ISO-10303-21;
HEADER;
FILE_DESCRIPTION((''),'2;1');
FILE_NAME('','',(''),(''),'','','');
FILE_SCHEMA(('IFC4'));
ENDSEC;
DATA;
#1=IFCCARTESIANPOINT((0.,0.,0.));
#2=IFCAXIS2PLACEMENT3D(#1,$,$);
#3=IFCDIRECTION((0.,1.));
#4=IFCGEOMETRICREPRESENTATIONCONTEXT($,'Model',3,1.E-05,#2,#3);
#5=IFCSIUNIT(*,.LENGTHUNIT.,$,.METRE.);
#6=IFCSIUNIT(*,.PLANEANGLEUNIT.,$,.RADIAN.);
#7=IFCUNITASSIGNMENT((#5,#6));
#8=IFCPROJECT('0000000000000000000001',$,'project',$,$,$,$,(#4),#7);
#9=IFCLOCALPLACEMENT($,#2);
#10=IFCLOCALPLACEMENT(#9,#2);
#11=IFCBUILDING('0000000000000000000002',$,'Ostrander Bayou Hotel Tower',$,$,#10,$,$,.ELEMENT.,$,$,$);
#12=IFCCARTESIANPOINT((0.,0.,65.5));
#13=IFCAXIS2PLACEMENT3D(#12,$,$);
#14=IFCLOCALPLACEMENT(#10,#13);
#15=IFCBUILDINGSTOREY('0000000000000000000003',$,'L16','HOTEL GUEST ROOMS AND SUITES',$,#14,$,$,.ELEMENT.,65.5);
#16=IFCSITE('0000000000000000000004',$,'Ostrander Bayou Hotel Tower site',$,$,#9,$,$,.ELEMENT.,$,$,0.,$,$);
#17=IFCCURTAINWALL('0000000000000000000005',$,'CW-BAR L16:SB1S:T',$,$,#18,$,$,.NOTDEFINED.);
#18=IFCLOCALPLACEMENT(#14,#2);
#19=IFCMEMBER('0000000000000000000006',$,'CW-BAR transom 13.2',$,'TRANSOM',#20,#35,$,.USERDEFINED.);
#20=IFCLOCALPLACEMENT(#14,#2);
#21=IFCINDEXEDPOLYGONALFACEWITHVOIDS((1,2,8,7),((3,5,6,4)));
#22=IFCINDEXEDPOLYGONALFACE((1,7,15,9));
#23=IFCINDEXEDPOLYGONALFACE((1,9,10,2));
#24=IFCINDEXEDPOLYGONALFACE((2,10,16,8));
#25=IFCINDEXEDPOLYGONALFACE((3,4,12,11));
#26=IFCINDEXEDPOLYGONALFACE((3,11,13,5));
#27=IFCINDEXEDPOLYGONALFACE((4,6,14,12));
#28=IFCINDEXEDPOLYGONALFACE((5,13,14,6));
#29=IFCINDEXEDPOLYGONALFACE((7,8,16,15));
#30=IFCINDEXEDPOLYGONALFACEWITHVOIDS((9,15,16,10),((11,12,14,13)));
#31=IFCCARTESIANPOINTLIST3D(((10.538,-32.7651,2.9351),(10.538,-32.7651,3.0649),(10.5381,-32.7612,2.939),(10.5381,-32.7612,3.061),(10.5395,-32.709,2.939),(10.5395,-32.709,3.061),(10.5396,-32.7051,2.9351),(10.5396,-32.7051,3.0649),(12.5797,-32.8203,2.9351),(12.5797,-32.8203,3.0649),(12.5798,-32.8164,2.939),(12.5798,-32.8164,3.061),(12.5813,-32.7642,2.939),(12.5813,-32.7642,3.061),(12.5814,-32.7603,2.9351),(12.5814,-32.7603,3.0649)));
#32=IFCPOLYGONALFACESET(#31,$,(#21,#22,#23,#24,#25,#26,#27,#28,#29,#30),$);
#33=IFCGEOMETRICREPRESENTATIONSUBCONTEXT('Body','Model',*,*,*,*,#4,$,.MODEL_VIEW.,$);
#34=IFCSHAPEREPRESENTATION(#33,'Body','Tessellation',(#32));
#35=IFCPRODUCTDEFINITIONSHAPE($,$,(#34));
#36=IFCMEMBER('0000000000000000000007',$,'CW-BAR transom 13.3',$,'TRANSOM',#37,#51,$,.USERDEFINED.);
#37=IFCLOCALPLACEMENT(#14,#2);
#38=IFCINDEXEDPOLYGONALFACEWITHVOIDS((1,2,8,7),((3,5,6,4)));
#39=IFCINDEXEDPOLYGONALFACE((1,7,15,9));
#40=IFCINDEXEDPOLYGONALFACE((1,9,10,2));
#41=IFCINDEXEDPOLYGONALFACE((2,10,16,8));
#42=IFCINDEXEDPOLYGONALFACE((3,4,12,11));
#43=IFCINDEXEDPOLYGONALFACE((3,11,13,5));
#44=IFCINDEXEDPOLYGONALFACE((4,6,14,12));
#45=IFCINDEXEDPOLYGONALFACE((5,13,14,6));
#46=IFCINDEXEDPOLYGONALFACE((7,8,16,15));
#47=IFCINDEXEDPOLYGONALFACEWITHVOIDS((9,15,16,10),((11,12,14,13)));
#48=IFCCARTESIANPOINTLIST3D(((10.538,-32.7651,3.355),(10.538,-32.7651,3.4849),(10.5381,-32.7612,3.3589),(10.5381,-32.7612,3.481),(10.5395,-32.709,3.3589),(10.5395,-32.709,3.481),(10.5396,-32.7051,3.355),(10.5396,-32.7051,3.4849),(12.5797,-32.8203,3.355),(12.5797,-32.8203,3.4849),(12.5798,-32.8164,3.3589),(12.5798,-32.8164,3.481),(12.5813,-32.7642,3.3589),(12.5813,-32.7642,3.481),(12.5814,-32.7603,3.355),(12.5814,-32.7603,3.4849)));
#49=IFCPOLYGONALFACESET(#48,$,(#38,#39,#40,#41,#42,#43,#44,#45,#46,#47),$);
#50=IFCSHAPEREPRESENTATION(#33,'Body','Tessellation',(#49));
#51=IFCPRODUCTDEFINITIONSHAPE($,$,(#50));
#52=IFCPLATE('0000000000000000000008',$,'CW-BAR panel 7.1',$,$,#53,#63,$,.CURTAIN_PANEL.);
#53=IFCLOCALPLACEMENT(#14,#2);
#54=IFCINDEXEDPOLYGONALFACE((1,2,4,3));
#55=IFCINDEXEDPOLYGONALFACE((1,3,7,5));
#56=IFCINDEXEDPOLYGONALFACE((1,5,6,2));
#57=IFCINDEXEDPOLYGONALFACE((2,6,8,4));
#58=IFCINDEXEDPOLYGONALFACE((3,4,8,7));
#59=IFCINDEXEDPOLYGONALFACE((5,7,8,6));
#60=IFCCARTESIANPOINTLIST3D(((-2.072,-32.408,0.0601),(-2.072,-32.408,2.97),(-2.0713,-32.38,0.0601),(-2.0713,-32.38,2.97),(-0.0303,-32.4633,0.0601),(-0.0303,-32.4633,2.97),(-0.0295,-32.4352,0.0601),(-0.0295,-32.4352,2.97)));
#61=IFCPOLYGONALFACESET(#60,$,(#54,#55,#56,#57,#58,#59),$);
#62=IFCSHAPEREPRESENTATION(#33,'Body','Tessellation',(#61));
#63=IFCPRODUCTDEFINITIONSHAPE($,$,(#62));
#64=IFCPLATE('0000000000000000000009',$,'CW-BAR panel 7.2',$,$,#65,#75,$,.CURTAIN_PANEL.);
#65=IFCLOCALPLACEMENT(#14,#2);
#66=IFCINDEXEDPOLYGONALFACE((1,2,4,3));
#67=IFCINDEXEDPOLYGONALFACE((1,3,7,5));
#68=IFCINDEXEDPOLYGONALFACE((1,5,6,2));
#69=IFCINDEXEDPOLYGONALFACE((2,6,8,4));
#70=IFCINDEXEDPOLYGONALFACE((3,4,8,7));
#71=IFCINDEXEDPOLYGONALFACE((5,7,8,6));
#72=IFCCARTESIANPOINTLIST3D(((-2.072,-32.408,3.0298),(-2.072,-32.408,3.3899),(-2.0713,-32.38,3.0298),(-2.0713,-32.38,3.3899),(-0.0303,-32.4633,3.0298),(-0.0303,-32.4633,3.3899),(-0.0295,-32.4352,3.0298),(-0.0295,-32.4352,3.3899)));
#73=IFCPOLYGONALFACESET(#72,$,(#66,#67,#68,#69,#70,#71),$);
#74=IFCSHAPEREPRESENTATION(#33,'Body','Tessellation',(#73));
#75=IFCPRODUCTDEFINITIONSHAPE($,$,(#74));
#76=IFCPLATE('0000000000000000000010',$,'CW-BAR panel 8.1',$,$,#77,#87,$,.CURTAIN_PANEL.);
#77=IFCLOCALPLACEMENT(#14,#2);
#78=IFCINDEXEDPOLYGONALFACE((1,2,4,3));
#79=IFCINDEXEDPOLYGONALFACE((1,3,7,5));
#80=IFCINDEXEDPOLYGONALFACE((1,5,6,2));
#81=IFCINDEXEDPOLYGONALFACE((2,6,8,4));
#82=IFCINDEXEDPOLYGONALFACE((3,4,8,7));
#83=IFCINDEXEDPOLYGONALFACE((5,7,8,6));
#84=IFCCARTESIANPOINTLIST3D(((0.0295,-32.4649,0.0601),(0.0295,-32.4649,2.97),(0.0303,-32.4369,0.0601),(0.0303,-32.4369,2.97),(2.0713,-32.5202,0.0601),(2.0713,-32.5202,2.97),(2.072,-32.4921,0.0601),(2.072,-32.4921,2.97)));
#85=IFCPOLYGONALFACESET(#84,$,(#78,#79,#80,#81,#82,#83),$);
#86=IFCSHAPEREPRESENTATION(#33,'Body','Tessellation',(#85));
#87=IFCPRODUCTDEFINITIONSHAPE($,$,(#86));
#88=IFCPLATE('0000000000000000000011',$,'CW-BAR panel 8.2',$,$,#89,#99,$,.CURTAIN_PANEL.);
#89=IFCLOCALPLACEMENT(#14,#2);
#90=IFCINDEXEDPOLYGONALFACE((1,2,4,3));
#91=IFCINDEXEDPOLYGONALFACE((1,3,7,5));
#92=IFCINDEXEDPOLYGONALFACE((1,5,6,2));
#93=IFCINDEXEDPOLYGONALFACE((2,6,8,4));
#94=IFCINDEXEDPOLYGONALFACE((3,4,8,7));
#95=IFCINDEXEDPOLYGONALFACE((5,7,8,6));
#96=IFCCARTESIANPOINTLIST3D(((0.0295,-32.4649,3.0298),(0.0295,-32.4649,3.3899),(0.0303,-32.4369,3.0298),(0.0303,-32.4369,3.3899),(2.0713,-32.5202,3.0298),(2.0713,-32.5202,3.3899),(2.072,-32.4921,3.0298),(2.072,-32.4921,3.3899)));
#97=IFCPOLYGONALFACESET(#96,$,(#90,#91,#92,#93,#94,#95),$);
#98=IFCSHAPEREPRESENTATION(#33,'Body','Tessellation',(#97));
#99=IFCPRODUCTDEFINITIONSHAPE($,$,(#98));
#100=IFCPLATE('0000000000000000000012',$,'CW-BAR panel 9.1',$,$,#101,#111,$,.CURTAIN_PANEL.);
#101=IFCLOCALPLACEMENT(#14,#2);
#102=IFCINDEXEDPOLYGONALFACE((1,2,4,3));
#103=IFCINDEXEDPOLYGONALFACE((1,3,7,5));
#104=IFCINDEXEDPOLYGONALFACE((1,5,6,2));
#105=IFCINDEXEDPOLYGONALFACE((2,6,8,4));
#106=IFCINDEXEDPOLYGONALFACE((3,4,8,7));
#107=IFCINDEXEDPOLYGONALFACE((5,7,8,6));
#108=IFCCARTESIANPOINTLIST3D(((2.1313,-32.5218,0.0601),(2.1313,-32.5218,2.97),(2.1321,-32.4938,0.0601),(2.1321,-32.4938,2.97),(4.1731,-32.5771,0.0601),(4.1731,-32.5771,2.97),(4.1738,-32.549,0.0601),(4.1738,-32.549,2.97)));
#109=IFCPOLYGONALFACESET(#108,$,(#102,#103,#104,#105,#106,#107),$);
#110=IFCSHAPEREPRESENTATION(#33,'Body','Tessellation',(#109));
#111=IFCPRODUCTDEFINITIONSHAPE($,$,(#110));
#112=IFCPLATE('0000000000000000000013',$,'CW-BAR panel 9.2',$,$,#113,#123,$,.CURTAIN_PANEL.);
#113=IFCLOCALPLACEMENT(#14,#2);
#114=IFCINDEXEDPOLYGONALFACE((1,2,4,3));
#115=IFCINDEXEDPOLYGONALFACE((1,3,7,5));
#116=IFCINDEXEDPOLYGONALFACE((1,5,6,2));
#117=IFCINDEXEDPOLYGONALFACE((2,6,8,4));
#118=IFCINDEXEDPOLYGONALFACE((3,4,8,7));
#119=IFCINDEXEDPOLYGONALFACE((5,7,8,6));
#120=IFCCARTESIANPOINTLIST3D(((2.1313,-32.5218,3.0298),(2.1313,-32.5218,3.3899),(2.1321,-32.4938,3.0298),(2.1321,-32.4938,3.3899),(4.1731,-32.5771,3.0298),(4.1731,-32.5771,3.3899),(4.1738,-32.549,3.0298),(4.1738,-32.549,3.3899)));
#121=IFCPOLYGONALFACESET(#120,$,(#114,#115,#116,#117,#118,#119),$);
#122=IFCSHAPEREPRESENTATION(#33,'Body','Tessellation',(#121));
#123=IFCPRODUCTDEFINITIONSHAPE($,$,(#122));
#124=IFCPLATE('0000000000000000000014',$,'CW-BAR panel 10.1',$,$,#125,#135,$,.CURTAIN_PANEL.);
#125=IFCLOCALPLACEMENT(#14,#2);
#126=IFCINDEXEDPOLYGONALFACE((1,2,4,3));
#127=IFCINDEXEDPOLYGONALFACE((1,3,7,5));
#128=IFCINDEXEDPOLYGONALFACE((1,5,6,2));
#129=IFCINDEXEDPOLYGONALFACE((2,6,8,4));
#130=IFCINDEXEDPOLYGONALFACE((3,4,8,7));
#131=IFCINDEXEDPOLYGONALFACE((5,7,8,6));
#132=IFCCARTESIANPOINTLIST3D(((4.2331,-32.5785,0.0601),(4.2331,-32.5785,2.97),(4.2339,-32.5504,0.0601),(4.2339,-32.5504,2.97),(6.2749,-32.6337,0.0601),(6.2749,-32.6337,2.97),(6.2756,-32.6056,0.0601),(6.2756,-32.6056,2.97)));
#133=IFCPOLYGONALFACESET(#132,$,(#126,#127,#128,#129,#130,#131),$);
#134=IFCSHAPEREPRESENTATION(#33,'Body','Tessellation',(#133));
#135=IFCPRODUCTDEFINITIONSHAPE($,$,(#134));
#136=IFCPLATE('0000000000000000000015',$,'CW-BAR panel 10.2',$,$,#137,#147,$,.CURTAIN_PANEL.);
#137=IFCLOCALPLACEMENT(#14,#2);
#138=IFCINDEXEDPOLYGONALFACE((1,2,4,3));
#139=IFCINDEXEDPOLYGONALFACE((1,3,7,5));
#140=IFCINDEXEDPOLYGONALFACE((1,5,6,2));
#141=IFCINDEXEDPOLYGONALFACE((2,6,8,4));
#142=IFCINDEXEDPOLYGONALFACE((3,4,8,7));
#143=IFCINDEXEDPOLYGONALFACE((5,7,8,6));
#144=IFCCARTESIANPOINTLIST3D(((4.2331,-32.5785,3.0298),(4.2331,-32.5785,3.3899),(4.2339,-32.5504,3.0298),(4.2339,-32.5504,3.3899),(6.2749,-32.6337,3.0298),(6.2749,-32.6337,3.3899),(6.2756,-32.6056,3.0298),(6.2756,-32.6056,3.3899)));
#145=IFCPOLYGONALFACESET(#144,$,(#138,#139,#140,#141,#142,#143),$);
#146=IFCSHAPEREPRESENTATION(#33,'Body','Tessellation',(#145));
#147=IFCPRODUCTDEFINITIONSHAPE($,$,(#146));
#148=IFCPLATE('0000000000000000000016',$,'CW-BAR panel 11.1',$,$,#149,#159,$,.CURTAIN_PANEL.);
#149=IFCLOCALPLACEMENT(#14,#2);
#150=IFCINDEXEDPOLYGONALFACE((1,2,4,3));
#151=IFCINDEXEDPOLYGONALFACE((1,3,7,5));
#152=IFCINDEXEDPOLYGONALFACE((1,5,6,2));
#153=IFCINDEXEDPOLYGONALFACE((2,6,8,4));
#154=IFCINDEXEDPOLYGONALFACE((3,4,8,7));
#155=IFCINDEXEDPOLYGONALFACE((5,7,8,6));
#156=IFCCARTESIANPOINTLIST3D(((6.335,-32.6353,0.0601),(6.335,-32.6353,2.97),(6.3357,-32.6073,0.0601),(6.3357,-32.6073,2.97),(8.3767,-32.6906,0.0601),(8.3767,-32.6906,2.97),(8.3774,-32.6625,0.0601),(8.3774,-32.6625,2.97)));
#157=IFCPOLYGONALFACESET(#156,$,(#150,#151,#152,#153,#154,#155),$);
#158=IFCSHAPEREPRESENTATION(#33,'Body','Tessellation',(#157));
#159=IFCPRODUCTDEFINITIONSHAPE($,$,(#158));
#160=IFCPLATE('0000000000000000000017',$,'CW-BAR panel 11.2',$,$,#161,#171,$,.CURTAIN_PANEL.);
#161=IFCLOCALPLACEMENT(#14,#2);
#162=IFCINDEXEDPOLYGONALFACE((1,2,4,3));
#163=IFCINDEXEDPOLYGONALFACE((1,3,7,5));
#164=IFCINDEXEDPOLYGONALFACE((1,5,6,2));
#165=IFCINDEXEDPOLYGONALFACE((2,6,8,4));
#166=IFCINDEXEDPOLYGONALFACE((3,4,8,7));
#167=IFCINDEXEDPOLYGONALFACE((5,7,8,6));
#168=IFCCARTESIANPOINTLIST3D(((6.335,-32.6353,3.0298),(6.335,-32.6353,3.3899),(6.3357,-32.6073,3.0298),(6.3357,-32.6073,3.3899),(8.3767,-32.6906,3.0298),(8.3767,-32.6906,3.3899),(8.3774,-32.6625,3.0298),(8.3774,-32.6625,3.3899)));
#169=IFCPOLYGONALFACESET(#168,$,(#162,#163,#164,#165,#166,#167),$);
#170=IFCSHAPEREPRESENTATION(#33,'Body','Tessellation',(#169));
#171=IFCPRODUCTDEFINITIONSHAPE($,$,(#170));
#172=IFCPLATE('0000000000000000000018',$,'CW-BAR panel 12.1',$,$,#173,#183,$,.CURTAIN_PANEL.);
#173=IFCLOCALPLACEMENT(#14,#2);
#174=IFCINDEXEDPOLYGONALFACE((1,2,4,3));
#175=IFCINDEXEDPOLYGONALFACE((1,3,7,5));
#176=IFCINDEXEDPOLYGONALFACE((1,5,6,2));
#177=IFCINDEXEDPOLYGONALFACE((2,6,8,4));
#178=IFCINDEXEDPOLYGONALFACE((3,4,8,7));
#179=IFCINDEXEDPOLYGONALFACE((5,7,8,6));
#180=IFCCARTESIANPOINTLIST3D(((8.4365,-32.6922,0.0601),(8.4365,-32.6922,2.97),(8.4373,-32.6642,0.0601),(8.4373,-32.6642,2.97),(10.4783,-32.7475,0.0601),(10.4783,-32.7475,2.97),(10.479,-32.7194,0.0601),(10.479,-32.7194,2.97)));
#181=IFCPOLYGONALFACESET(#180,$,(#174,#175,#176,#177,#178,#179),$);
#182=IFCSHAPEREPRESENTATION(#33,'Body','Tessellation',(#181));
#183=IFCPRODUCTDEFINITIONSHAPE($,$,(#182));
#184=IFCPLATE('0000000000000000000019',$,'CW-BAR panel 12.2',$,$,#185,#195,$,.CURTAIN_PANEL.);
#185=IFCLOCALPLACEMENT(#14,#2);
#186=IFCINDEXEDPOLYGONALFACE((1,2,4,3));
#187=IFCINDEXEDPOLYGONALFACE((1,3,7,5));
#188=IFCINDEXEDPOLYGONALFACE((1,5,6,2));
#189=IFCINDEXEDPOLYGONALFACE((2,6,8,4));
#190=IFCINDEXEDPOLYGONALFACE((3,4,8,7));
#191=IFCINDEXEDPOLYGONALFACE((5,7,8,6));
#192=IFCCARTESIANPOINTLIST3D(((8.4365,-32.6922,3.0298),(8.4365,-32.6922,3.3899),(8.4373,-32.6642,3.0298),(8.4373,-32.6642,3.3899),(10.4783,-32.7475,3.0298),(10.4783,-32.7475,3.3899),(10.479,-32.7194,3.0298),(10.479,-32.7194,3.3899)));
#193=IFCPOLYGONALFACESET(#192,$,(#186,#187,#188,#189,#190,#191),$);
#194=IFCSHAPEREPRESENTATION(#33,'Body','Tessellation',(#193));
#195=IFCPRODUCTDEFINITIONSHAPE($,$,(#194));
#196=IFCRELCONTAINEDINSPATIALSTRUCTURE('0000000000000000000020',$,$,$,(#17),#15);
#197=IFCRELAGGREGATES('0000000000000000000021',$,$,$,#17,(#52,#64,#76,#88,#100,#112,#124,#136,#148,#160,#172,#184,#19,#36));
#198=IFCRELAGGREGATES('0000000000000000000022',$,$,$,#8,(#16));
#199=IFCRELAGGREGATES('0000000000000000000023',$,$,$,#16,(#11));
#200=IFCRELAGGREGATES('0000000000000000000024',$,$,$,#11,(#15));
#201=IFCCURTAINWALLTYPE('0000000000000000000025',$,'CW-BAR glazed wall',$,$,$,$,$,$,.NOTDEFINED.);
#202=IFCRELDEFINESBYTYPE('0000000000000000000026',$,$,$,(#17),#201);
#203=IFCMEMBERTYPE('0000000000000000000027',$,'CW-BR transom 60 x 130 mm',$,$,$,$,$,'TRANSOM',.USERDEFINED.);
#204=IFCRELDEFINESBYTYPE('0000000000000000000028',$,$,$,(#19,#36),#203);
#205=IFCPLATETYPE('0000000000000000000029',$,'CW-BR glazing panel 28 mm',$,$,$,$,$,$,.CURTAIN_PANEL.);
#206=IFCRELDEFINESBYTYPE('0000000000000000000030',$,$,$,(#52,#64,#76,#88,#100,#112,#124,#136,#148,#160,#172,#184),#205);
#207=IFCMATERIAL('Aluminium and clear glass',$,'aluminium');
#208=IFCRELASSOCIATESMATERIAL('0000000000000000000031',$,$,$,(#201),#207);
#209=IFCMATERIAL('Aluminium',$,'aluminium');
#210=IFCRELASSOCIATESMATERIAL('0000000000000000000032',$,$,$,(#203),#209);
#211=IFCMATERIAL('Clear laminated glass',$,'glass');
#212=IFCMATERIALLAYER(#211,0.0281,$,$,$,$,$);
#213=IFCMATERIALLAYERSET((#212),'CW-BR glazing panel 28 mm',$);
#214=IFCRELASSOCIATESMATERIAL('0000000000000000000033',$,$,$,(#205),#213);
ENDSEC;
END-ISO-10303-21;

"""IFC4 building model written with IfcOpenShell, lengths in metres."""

from ifc_helpers import new_model, si_unit, direction, frame, origin, origin_2d, place, context, subcontext, project, spatial, rectangle, hollow_rectangle, extrude, material, layer, layer_set, material_profile, profile_set, type_object, element, aggregate, save


model = new_model("IFC4")

# Units and contexts
model_context = context("Model", 3, precision=1e-05, world=origin(), true_north=direction((0.0, 1.0)))
body_context = subcontext(model_context, "Body", "Model", "MODEL_VIEW")
ifc_project = project(units=[si_unit("LENGTHUNIT", "METRE"), si_unit("PLANEANGLEUNIT", "RADIAN")], contexts=[model_context])

# Site, building, storey
site_placement = place(None, origin())
site = spatial("IfcSite", under=ifc_project, at=site_placement, Name="Ostrander Bayou Hotel Tower site", CompositionType="ELEMENT", RefElevation=0.0)
building_placement = place(site_placement, origin())
building = spatial("IfcBuilding", under=site, at=building_placement, Name="Ostrander Bayou Hotel Tower", CompositionType="ELEMENT")
storey_placement = place(building_placement, frame((0.0, 0.0, 65.5)))
storey = spatial("IfcBuildingStorey", under=building, at=storey_placement, Name="L16", Description="HOTEL GUEST ROOMS AND SUITES", CompositionType="ELEMENT", Elevation=65.5)

# Curtain wall, members, plates
ifc_material_1 = material(Name="Aluminium and clear glass", Category="aluminium")
curtain_wall_type = type_object("IfcCurtainWallType", Name="CW-BAR glazed wall", PredefinedType="NOTDEFINED", material=ifc_material_1)
curtain_wall_placement = place(storey_placement, origin())
curtain_wall = element("IfcCurtainWall", 1, at=curtain_wall_placement, inside=storey, type_object=curtain_wall_type, Name="CW-BAR L16:SB1S:T", PredefinedType="NOTDEFINED")
ifc_material_2 = material(Name="Aluminium", Category="aluminium")
ifc_material_profile_1 = material_profile(ifc_material_2, hollow_rectangle(XDim=0.0601, YDim=0.1299, WallThickness=0.0039, at=origin_2d()))
ifc_profile_set_1 = profile_set([ifc_material_profile_1], Name="Aluminium")
member_type_1 = type_object("IfcMemberType", Name="CW-BR transom 60 x 130 mm", ElementType="TRANSOM", PredefinedType="USERDEFINED", material=ifc_profile_set_1)
member_1_placement = place(storey_placement, frame((10.5388, -32.7351, 3.0), z_axis=(0.999635, -0.027014, 0.0), x_axis=(0.027014, 0.999635, 0.0)))
member_1 = element("IfcMember", 2, at=member_1_placement, type_object=member_type_1, Name="CW-BAR transom 13.2", ObjectType="TRANSOM", PredefinedType="USERDEFINED", context=body_context, shape_type="SweptSolid", body=[
    extrude(hollow_rectangle(XDim=0.0601, YDim=0.1299, WallThickness=0.0039, at=origin_2d()), origin(), (0.0, 0.0, 1.0), 2.0425),
])
member_2_placement = place(storey_placement, frame((10.5388, -32.7351, 3.4199), z_axis=(0.999635, -0.027014, 0.0), x_axis=(0.027014, 0.999635, 0.0)))
member_2 = element("IfcMember", 3, at=member_2_placement, type_object=member_type_1, Name="CW-BAR transom 13.3", ObjectType="TRANSOM", PredefinedType="USERDEFINED", context=body_context, shape_type="SweptSolid", body=[
    extrude(hollow_rectangle(XDim=0.0601, YDim=0.1299, WallThickness=0.0039, at=origin_2d()), origin(), (0.0, 0.0, 1.0), 2.0425),
])
ifc_material_3 = material(Name="Clear laminated glass", Category="glass")
ifc_layer = layer(ifc_material_3, 0.0281)
ifc_layer_set = layer_set([ifc_layer], Name="CW-BR glazing panel 28 mm")
plate_type = type_object("IfcPlateType", Name="CW-BR glazing panel 28 mm", PredefinedType="CURTAIN_PANEL", material=ifc_layer_set)
plate_1_placement = place(storey_placement, frame((-1.0508, -32.4216, 0.0601), z_axis=(0.0, 0.0, 1.0), x_axis=(0.999634, -0.027042, 0.0)))
plate_1 = element("IfcPlate", 4, at=plate_1_placement, type_object=plate_type, Name="CW-BAR panel 7.1", PredefinedType="CURTAIN_PANEL", context=body_context, shape_type="SweptSolid", body=[
    extrude(rectangle(XDim=2.0425, YDim=0.0281, at=origin_2d()), origin(), (0.0, 0.0, 1.0), 2.9099),
])
plate_2_placement = place(storey_placement, frame((-1.0508, -32.4216, 3.0298), z_axis=(0.0, 0.0, 1.0), x_axis=(0.999634, -0.027042, 0.0)))
plate_2 = element("IfcPlate", 5, at=plate_2_placement, type_object=plate_type, Name="CW-BAR panel 7.2", PredefinedType="CURTAIN_PANEL", context=body_context, shape_type="SweptSolid", body=[
    extrude(rectangle(XDim=2.0425, YDim=0.0281, at=origin_2d()), origin(), (0.0, 0.0, 1.0), 0.3601),
])
plate_3_placement = place(storey_placement, frame((1.0508, -32.4785, 0.0601), z_axis=(0.0, 0.0, 1.0), x_axis=(0.999634, -0.027042, 0.0)))
plate_3 = element("IfcPlate", 6, at=plate_3_placement, type_object=plate_type, Name="CW-BAR panel 8.1", PredefinedType="CURTAIN_PANEL", context=body_context, shape_type="SweptSolid", body=[
    extrude(rectangle(XDim=2.0425, YDim=0.0281, at=origin_2d()), origin(), (0.0, 0.0, 1.0), 2.9099),
])
plate_4_placement = place(storey_placement, frame((1.0508, -32.4785, 3.0298), z_axis=(0.0, 0.0, 1.0), x_axis=(0.999634, -0.027042, 0.0)))
plate_4 = element("IfcPlate", 7, at=plate_4_placement, type_object=plate_type, Name="CW-BAR panel 8.2", PredefinedType="CURTAIN_PANEL", context=body_context, shape_type="SweptSolid", body=[
    extrude(rectangle(XDim=2.0425, YDim=0.0281, at=origin_2d()), origin(), (0.0, 0.0, 1.0), 0.3601),
])
plate_5_placement = place(storey_placement, frame((3.1526, -32.5354, 0.0601), z_axis=(0.0, 0.0, 1.0), x_axis=(0.999634, -0.027042, 0.0)))
plate_5 = element("IfcPlate", 8, at=plate_5_placement, type_object=plate_type, Name="CW-BAR panel 9.1", PredefinedType="CURTAIN_PANEL", context=body_context, shape_type="SweptSolid", body=[
    extrude(rectangle(XDim=2.0425, YDim=0.0281, at=origin_2d()), origin(), (0.0, 0.0, 1.0), 2.9099),
])
plate_6_placement = place(storey_placement, frame((3.1526, -32.5354, 3.0298), z_axis=(0.0, 0.0, 1.0), x_axis=(0.999634, -0.027042, 0.0)))
plate_6 = element("IfcPlate", 9, at=plate_6_placement, type_object=plate_type, Name="CW-BAR panel 9.2", PredefinedType="CURTAIN_PANEL", context=body_context, shape_type="SweptSolid", body=[
    extrude(rectangle(XDim=2.0425, YDim=0.0281, at=origin_2d()), origin(), (0.0, 0.0, 1.0), 0.3601),
])
plate_7_placement = place(storey_placement, frame((5.2544, -32.592, 0.0601), z_axis=(0.0, 0.0, 1.0), x_axis=(0.999634, -0.027042, 0.0)))
plate_7 = element("IfcPlate", 10, at=plate_7_placement, type_object=plate_type, Name="CW-BAR panel 10.1", PredefinedType="CURTAIN_PANEL", context=body_context, shape_type="SweptSolid", body=[
    extrude(rectangle(XDim=2.0425, YDim=0.0281, at=origin_2d()), origin(), (0.0, 0.0, 1.0), 2.9099),
])
plate_8_placement = place(storey_placement, frame((5.2544, -32.592, 3.0298), z_axis=(0.0, 0.0, 1.0), x_axis=(0.999634, -0.027042, 0.0)))
plate_8 = element("IfcPlate", 11, at=plate_8_placement, type_object=plate_type, Name="CW-BAR panel 10.2", PredefinedType="CURTAIN_PANEL", context=body_context, shape_type="SweptSolid", body=[
    extrude(rectangle(XDim=2.0425, YDim=0.0281, at=origin_2d()), origin(), (0.0, 0.0, 1.0), 0.3601),
])
plate_9_placement = place(storey_placement, frame((7.3562, -32.6489, 0.0601), z_axis=(0.0, 0.0, 1.0), x_axis=(0.999634, -0.027042, 0.0)))
plate_9 = element("IfcPlate", 12, at=plate_9_placement, type_object=plate_type, Name="CW-BAR panel 11.1", PredefinedType="CURTAIN_PANEL", context=body_context, shape_type="SweptSolid", body=[
    extrude(rectangle(XDim=2.0425, YDim=0.0281, at=origin_2d()), origin(), (0.0, 0.0, 1.0), 2.9099),
])
plate_10_placement = place(storey_placement, frame((7.3562, -32.6489, 3.0298), z_axis=(0.0, 0.0, 1.0), x_axis=(0.999634, -0.027042, 0.0)))
plate_10 = element("IfcPlate", 13, at=plate_10_placement, type_object=plate_type, Name="CW-BAR panel 11.2", PredefinedType="CURTAIN_PANEL", context=body_context, shape_type="SweptSolid", body=[
    extrude(rectangle(XDim=2.0425, YDim=0.0281, at=origin_2d()), origin(), (0.0, 0.0, 1.0), 0.3601),
])
plate_11_placement = place(storey_placement, frame((9.4578, -32.7058, 0.0601), z_axis=(0.0, 0.0, 1.0), x_axis=(0.999634, -0.027042, 0.0)))
plate_11 = element("IfcPlate", 14, at=plate_11_placement, type_object=plate_type, Name="CW-BAR panel 12.1", PredefinedType="CURTAIN_PANEL", context=body_context, shape_type="SweptSolid", body=[
    extrude(rectangle(XDim=2.0425, YDim=0.0281, at=origin_2d()), origin(), (0.0, 0.0, 1.0), 2.9099),
])
plate_12_placement = place(storey_placement, frame((9.4578, -32.7058, 3.0298), z_axis=(0.0, 0.0, 1.0), x_axis=(0.999634, -0.027042, 0.0)))
plate_12 = element("IfcPlate", 15, at=plate_12_placement, type_object=plate_type, Name="CW-BAR panel 12.2", PredefinedType="CURTAIN_PANEL", context=body_context, shape_type="SweptSolid", body=[
    extrude(rectangle(XDim=2.0425, YDim=0.0281, at=origin_2d()), origin(), (0.0, 0.0, 1.0), 0.3601),
])
aggregate(curtain_wall, [plate_1, plate_2, plate_3, plate_4, plate_5, plate_6, plate_7, plate_8, plate_9, plate_10, plate_11, plate_12, member_1, member_2])

save(model, "model.ifc")
